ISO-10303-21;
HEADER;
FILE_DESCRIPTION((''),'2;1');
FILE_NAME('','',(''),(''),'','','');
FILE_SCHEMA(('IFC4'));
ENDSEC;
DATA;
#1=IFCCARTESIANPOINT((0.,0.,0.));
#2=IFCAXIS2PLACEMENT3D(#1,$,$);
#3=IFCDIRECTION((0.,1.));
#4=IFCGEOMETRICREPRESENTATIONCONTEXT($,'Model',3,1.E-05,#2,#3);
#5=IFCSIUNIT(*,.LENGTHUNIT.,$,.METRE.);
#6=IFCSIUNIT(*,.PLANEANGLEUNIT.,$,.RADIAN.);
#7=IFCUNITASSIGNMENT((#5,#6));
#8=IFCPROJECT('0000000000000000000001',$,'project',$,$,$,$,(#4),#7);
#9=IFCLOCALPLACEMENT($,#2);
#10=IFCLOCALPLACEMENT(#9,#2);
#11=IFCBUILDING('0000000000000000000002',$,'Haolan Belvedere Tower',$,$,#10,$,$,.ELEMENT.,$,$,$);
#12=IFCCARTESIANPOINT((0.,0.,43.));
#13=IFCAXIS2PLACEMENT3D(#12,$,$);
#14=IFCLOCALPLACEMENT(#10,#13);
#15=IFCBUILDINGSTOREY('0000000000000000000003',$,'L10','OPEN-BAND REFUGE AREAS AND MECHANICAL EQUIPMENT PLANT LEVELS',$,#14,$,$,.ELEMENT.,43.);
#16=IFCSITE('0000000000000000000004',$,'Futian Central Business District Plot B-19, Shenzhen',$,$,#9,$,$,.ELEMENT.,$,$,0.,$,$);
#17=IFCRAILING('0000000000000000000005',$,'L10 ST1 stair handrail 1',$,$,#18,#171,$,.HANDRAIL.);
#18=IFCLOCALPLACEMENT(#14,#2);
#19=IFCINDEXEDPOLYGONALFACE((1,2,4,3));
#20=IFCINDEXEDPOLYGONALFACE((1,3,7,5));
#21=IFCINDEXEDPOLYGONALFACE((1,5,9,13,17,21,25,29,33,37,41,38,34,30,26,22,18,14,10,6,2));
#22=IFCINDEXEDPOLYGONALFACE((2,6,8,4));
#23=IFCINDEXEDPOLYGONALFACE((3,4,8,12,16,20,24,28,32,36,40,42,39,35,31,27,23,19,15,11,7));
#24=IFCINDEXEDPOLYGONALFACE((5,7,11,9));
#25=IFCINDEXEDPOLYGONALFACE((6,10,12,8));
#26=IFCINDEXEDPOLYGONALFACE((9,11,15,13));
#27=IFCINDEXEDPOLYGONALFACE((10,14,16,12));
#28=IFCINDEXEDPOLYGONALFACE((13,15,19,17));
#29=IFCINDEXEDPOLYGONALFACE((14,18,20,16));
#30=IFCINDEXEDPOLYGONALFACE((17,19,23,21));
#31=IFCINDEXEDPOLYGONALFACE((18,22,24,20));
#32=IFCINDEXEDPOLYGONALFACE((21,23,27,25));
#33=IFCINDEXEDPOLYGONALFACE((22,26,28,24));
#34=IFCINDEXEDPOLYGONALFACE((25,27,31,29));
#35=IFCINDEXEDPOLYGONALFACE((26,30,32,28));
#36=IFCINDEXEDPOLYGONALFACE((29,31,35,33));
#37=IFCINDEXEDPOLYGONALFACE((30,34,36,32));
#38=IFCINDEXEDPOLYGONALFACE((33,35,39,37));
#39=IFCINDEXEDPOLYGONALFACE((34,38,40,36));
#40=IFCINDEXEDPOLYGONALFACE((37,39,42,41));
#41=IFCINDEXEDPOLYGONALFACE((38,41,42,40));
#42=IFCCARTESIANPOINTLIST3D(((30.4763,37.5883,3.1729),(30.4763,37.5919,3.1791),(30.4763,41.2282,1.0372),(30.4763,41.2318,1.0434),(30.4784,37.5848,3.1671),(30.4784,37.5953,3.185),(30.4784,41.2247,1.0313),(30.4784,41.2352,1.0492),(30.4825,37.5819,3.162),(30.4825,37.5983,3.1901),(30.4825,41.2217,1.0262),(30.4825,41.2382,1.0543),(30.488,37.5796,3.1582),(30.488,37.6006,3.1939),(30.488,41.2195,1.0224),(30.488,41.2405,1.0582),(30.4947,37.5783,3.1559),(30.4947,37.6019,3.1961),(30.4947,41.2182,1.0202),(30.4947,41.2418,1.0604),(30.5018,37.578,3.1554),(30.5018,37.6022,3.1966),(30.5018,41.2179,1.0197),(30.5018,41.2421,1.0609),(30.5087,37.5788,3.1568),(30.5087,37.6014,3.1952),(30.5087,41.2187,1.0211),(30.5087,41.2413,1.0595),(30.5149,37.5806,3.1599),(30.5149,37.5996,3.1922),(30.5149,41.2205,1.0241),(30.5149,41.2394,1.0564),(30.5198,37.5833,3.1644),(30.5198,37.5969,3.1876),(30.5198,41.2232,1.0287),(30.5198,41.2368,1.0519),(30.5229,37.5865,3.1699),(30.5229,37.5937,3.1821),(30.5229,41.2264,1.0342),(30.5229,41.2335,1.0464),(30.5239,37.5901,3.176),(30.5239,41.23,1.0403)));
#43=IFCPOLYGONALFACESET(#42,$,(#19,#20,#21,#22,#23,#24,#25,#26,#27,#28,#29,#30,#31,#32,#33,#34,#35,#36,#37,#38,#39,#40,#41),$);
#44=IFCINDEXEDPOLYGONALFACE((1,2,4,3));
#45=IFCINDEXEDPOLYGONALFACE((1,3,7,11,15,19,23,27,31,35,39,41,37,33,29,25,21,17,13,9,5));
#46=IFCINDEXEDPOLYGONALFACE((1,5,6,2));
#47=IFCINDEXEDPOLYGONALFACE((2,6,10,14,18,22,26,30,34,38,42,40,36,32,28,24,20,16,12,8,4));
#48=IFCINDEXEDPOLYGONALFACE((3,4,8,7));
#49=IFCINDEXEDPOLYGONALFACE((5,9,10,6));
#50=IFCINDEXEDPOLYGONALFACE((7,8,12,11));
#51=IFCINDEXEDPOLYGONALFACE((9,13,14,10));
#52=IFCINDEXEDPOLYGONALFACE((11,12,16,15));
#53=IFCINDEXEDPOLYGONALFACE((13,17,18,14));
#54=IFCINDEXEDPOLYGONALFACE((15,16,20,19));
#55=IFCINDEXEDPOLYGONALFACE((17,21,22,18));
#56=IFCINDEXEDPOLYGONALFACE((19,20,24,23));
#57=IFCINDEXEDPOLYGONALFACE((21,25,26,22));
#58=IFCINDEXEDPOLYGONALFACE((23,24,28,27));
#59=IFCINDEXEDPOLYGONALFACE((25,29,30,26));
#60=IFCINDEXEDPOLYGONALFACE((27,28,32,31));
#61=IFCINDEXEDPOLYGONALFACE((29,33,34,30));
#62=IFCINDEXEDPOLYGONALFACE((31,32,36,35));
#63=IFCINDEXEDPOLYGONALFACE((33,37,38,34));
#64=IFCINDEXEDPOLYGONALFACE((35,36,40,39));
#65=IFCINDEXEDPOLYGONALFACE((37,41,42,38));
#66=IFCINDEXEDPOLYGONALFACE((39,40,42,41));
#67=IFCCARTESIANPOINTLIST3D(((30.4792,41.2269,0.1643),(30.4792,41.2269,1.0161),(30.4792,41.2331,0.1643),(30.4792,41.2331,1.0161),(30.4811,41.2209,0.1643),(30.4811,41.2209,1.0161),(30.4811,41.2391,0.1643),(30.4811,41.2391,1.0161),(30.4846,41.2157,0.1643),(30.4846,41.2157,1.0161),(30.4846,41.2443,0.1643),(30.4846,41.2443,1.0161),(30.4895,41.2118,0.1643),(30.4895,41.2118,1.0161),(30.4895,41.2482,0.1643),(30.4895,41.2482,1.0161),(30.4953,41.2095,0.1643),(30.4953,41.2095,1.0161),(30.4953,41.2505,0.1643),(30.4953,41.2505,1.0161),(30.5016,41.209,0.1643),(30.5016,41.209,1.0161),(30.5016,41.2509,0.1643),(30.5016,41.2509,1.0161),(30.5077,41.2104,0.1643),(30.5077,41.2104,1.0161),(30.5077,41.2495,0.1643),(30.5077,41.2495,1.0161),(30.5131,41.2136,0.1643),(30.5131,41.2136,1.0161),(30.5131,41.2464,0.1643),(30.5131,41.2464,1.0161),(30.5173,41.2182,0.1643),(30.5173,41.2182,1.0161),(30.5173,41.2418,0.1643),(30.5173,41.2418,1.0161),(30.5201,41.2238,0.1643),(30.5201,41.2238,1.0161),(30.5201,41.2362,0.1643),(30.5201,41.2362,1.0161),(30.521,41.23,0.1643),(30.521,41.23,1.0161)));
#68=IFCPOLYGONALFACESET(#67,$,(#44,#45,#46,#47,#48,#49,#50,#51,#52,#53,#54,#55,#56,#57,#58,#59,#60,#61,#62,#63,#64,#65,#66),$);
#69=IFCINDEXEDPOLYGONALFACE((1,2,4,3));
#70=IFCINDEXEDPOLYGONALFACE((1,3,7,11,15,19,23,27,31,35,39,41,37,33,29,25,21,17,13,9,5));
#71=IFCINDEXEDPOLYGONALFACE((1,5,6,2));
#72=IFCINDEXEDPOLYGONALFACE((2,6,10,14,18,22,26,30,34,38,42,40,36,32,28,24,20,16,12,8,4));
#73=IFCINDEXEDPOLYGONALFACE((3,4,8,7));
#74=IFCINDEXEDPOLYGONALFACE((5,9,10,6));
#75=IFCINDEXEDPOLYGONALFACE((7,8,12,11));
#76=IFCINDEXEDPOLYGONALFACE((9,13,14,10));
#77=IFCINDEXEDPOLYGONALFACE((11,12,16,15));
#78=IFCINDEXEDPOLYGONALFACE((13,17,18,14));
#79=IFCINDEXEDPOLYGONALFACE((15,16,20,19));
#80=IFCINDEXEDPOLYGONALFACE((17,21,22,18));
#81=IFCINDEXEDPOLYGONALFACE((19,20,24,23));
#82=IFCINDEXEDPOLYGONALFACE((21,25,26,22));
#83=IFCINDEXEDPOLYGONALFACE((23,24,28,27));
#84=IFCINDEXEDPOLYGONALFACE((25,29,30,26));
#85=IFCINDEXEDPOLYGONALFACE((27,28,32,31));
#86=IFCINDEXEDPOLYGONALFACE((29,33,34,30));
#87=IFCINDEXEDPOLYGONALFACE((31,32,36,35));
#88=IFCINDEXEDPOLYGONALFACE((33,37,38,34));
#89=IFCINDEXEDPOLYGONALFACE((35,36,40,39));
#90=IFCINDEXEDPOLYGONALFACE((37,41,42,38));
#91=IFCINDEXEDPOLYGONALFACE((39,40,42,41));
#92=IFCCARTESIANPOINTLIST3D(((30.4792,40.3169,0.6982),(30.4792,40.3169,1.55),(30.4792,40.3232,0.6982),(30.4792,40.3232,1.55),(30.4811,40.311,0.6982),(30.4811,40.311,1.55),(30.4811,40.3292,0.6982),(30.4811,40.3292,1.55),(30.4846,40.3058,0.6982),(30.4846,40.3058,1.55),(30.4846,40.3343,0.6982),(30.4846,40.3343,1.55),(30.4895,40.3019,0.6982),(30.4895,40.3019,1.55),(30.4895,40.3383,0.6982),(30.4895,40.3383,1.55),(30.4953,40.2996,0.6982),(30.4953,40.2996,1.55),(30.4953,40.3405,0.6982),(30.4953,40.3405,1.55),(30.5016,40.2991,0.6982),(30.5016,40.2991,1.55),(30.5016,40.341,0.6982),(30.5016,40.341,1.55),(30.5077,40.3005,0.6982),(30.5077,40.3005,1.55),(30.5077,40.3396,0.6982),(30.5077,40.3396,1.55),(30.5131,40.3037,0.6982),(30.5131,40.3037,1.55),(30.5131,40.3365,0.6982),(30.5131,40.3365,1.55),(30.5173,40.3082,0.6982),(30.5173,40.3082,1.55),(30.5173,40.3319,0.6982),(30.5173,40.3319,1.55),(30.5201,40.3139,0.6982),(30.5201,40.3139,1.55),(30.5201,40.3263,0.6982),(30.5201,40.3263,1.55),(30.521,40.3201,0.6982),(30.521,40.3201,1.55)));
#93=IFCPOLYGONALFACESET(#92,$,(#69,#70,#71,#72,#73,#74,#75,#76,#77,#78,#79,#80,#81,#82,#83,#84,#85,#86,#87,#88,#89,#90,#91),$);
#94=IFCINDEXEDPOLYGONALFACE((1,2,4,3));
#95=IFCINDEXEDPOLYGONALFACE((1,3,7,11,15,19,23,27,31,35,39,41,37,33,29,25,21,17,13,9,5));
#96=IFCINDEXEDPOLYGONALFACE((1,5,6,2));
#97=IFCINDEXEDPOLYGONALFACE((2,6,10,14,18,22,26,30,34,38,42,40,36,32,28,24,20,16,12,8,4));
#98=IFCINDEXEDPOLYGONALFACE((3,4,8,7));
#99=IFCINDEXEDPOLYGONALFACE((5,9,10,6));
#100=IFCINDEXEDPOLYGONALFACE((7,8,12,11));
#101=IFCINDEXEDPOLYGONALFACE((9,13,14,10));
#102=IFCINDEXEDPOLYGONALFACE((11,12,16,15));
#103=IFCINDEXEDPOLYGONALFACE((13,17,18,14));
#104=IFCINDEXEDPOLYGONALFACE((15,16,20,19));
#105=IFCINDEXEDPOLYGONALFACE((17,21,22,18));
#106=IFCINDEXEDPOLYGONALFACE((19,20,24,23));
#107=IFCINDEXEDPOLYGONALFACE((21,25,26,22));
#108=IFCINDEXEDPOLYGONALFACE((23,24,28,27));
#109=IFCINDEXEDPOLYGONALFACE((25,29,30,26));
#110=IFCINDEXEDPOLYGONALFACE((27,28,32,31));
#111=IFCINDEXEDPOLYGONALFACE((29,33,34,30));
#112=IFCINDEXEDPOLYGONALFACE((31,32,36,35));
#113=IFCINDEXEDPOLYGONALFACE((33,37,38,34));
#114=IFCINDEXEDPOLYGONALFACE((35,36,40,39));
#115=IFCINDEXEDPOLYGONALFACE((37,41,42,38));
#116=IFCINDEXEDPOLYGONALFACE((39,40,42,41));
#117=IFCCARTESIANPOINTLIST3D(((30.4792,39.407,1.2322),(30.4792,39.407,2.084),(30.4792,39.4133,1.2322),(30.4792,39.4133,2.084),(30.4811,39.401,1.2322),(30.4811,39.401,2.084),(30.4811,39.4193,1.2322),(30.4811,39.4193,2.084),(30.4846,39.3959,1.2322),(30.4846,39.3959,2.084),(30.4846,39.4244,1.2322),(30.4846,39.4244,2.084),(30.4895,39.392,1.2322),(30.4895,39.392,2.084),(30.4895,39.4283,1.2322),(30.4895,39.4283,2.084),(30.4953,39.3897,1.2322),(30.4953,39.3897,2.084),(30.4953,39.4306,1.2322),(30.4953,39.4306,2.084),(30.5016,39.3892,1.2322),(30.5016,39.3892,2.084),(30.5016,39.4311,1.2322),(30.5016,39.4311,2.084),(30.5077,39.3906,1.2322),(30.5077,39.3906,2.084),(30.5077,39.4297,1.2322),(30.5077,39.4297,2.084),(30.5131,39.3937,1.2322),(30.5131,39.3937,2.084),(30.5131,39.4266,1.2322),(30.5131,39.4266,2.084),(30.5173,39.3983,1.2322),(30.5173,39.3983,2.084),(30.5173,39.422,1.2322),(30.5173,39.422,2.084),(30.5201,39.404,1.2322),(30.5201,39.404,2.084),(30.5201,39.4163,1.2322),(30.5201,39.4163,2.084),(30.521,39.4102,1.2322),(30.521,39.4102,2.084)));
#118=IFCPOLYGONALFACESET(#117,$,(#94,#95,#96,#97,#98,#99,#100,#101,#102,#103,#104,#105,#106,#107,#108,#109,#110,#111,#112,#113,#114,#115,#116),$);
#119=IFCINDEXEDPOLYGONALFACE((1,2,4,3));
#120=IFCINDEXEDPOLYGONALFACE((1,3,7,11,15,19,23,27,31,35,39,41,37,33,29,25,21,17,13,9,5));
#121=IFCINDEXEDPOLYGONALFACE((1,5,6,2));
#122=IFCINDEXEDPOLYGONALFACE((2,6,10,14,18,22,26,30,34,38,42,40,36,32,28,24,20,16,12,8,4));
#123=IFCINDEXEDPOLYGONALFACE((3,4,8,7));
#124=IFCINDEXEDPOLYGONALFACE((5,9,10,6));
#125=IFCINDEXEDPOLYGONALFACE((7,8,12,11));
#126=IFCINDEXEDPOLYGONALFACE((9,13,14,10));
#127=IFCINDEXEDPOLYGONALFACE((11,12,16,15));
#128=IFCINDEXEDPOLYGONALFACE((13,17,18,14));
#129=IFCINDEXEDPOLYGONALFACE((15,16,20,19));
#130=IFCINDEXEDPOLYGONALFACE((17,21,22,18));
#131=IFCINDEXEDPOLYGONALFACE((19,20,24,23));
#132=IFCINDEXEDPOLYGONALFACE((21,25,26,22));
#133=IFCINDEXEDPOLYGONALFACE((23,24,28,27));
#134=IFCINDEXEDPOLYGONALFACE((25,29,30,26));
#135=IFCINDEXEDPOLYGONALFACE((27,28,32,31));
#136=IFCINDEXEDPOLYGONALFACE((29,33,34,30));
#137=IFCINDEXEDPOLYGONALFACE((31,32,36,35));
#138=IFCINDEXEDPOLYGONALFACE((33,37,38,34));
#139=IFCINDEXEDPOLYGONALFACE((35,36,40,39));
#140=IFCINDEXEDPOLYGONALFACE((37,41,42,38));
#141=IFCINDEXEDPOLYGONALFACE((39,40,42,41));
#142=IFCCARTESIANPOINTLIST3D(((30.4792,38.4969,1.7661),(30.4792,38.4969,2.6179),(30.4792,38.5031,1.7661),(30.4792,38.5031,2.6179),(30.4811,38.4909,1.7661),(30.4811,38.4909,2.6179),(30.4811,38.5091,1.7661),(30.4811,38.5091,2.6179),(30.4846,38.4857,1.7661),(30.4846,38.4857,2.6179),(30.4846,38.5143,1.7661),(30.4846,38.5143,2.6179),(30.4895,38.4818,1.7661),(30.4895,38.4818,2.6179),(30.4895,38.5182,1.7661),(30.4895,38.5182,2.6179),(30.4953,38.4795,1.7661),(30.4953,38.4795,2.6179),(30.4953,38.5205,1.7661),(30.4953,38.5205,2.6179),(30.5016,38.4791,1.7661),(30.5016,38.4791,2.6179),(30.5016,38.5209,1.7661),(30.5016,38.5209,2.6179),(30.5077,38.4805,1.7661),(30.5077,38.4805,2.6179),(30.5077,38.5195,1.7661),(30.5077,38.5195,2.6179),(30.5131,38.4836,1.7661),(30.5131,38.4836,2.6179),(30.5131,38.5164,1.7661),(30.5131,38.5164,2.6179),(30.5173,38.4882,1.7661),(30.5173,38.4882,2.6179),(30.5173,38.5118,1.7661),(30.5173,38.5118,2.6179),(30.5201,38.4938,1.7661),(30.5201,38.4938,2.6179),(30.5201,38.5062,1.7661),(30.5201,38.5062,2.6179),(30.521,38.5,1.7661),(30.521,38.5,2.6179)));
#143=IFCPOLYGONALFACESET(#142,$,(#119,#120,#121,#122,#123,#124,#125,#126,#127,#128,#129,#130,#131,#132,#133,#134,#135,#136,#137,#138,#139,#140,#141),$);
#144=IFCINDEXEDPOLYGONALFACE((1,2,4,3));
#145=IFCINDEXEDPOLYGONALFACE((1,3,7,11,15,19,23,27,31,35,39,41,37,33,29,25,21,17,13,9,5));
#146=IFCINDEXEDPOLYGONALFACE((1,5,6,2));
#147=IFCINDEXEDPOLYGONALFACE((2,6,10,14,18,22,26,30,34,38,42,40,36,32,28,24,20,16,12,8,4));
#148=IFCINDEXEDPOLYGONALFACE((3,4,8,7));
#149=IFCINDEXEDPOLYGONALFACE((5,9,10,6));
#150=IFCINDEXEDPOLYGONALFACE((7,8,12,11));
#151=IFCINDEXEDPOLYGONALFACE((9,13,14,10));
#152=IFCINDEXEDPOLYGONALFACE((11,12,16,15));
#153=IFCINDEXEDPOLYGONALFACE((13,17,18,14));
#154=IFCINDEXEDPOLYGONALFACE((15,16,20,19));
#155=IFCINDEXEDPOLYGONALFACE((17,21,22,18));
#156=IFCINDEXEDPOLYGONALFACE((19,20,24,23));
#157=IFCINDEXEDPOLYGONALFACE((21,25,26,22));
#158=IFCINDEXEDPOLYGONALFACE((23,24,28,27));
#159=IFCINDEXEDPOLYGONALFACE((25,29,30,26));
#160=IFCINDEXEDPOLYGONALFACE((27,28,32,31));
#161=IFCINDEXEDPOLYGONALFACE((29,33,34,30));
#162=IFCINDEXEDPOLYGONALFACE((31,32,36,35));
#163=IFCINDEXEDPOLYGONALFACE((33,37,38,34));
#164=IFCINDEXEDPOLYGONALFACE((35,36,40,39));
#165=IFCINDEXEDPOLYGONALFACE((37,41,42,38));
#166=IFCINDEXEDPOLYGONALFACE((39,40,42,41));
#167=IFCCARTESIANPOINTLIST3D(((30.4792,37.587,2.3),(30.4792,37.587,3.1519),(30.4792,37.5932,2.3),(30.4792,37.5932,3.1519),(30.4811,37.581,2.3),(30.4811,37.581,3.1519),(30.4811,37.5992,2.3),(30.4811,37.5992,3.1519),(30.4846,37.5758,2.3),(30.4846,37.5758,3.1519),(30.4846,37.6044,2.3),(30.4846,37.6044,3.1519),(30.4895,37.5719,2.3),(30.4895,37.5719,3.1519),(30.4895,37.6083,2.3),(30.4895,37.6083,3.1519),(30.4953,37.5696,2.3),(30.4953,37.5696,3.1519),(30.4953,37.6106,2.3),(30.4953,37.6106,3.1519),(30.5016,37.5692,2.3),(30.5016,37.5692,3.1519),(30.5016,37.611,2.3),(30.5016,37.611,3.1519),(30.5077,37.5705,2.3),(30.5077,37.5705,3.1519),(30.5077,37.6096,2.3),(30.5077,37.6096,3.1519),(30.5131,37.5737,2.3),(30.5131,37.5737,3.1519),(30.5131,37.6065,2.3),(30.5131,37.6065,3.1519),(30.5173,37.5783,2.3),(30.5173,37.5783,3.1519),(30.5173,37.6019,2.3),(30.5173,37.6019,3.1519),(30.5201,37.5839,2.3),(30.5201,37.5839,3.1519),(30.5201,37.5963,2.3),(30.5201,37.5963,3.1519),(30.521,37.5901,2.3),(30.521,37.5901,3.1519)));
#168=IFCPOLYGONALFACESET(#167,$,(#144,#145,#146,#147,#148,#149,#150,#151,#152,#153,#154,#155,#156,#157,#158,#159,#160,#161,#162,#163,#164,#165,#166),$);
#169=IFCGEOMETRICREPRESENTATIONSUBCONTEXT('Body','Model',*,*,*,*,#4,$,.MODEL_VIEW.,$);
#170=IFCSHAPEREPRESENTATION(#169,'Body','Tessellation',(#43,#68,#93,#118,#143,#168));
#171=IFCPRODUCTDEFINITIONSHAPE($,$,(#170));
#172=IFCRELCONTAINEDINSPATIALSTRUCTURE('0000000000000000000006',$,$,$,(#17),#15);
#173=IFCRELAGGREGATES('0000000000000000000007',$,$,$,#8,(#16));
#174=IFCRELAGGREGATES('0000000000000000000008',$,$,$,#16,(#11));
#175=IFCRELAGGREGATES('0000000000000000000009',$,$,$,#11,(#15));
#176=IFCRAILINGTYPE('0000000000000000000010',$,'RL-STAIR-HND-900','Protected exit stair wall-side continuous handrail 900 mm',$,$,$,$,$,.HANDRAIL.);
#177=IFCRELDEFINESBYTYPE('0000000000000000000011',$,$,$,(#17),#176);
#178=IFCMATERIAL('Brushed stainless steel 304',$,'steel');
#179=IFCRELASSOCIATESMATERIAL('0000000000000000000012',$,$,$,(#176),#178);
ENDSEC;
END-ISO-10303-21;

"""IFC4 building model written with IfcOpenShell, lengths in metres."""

from ifc_helpers import new_model, si_unit, direction, frame, origin, origin_2d, place, context, subcontext, project, spatial, circle, extrude, material, type_object, element, save


model = new_model("IFC4")

# Units and contexts
model_context = context("Model", 3, precision=1e-05, world=origin(), true_north=direction((0.0, 1.0)))
body_context = subcontext(model_context, "Body", "Model", "MODEL_VIEW")
ifc_project = project(units=[si_unit("LENGTHUNIT", "METRE"), si_unit("PLANEANGLEUNIT", "RADIAN")], contexts=[model_context])

# Site, building, storey
site_placement = place(None, origin())
site = spatial("IfcSite", under=ifc_project, at=site_placement, Name="Futian Central Business District Plot B-19, Shenzhen", CompositionType="ELEMENT", RefElevation=0.0)
building_placement = place(site_placement, origin())
building = spatial("IfcBuilding", under=site, at=building_placement, Name="Haolan Belvedere Tower", CompositionType="ELEMENT")
storey_placement = place(building_placement, frame((0.0, 0.0, 43.0)))
storey = spatial("IfcBuildingStorey", under=building, at=storey_placement, Name="L10", Description="OPEN-BAND REFUGE AREAS AND MECHANICAL EQUIPMENT PLANT LEVELS", CompositionType="ELEMENT", Elevation=43.0)

# Railing
ifc_material_1 = material(Name="Brushed stainless steel 304", Category="steel")
railing_type_1 = type_object("IfcRailingType", Name="RL-STAIR-HND-900", Description="Protected exit stair wall-side continuous handrail 900 mm", PredefinedType="HANDRAIL", material=ifc_material_1)
railing_1_placement = place(storey_placement, frame((30.5, 41.23, 0.1643)))
element("IfcRailing", 1, at=railing_1_placement, inside=storey, type_object=railing_type_1, Name="L10 ST1 stair handrail 1", PredefinedType="HANDRAIL", context=body_context, shape_type="SweptSolid", body=[
    extrude(circle(Radius=0.0239, at=origin_2d()), frame((0.0, 0.0, 0.876), z_axis=(0.0, -0.86249, 0.506074), x_axis=(1.0, 0.0, 0.0)), (0.0, 0.0, 1.0), 4.2202),
    extrude(circle(Radius=0.021, at=origin_2d()), origin(), (0.0, 0.0, 1.0), 0.8518),
    extrude(circle(Radius=0.021, at=origin_2d()), frame((0.0, -0.9099, 0.5339)), (0.0, 0.0, 1.0), 0.8518),
    extrude(circle(Radius=0.021, at=origin_2d()), frame((0.0, -1.8198, 1.0679)), (0.0, 0.0, 1.0), 0.8518),
    extrude(circle(Radius=0.021, at=origin_2d()), frame((0.0, -2.73, 1.6018)), (0.0, 0.0, 1.0), 0.8518),
    extrude(circle(Radius=0.021, at=origin_2d()), frame((0.0, -3.6399, 2.1357)), (0.0, 0.0, 1.0), 0.8518),
])

save(model, "model.ifc")
